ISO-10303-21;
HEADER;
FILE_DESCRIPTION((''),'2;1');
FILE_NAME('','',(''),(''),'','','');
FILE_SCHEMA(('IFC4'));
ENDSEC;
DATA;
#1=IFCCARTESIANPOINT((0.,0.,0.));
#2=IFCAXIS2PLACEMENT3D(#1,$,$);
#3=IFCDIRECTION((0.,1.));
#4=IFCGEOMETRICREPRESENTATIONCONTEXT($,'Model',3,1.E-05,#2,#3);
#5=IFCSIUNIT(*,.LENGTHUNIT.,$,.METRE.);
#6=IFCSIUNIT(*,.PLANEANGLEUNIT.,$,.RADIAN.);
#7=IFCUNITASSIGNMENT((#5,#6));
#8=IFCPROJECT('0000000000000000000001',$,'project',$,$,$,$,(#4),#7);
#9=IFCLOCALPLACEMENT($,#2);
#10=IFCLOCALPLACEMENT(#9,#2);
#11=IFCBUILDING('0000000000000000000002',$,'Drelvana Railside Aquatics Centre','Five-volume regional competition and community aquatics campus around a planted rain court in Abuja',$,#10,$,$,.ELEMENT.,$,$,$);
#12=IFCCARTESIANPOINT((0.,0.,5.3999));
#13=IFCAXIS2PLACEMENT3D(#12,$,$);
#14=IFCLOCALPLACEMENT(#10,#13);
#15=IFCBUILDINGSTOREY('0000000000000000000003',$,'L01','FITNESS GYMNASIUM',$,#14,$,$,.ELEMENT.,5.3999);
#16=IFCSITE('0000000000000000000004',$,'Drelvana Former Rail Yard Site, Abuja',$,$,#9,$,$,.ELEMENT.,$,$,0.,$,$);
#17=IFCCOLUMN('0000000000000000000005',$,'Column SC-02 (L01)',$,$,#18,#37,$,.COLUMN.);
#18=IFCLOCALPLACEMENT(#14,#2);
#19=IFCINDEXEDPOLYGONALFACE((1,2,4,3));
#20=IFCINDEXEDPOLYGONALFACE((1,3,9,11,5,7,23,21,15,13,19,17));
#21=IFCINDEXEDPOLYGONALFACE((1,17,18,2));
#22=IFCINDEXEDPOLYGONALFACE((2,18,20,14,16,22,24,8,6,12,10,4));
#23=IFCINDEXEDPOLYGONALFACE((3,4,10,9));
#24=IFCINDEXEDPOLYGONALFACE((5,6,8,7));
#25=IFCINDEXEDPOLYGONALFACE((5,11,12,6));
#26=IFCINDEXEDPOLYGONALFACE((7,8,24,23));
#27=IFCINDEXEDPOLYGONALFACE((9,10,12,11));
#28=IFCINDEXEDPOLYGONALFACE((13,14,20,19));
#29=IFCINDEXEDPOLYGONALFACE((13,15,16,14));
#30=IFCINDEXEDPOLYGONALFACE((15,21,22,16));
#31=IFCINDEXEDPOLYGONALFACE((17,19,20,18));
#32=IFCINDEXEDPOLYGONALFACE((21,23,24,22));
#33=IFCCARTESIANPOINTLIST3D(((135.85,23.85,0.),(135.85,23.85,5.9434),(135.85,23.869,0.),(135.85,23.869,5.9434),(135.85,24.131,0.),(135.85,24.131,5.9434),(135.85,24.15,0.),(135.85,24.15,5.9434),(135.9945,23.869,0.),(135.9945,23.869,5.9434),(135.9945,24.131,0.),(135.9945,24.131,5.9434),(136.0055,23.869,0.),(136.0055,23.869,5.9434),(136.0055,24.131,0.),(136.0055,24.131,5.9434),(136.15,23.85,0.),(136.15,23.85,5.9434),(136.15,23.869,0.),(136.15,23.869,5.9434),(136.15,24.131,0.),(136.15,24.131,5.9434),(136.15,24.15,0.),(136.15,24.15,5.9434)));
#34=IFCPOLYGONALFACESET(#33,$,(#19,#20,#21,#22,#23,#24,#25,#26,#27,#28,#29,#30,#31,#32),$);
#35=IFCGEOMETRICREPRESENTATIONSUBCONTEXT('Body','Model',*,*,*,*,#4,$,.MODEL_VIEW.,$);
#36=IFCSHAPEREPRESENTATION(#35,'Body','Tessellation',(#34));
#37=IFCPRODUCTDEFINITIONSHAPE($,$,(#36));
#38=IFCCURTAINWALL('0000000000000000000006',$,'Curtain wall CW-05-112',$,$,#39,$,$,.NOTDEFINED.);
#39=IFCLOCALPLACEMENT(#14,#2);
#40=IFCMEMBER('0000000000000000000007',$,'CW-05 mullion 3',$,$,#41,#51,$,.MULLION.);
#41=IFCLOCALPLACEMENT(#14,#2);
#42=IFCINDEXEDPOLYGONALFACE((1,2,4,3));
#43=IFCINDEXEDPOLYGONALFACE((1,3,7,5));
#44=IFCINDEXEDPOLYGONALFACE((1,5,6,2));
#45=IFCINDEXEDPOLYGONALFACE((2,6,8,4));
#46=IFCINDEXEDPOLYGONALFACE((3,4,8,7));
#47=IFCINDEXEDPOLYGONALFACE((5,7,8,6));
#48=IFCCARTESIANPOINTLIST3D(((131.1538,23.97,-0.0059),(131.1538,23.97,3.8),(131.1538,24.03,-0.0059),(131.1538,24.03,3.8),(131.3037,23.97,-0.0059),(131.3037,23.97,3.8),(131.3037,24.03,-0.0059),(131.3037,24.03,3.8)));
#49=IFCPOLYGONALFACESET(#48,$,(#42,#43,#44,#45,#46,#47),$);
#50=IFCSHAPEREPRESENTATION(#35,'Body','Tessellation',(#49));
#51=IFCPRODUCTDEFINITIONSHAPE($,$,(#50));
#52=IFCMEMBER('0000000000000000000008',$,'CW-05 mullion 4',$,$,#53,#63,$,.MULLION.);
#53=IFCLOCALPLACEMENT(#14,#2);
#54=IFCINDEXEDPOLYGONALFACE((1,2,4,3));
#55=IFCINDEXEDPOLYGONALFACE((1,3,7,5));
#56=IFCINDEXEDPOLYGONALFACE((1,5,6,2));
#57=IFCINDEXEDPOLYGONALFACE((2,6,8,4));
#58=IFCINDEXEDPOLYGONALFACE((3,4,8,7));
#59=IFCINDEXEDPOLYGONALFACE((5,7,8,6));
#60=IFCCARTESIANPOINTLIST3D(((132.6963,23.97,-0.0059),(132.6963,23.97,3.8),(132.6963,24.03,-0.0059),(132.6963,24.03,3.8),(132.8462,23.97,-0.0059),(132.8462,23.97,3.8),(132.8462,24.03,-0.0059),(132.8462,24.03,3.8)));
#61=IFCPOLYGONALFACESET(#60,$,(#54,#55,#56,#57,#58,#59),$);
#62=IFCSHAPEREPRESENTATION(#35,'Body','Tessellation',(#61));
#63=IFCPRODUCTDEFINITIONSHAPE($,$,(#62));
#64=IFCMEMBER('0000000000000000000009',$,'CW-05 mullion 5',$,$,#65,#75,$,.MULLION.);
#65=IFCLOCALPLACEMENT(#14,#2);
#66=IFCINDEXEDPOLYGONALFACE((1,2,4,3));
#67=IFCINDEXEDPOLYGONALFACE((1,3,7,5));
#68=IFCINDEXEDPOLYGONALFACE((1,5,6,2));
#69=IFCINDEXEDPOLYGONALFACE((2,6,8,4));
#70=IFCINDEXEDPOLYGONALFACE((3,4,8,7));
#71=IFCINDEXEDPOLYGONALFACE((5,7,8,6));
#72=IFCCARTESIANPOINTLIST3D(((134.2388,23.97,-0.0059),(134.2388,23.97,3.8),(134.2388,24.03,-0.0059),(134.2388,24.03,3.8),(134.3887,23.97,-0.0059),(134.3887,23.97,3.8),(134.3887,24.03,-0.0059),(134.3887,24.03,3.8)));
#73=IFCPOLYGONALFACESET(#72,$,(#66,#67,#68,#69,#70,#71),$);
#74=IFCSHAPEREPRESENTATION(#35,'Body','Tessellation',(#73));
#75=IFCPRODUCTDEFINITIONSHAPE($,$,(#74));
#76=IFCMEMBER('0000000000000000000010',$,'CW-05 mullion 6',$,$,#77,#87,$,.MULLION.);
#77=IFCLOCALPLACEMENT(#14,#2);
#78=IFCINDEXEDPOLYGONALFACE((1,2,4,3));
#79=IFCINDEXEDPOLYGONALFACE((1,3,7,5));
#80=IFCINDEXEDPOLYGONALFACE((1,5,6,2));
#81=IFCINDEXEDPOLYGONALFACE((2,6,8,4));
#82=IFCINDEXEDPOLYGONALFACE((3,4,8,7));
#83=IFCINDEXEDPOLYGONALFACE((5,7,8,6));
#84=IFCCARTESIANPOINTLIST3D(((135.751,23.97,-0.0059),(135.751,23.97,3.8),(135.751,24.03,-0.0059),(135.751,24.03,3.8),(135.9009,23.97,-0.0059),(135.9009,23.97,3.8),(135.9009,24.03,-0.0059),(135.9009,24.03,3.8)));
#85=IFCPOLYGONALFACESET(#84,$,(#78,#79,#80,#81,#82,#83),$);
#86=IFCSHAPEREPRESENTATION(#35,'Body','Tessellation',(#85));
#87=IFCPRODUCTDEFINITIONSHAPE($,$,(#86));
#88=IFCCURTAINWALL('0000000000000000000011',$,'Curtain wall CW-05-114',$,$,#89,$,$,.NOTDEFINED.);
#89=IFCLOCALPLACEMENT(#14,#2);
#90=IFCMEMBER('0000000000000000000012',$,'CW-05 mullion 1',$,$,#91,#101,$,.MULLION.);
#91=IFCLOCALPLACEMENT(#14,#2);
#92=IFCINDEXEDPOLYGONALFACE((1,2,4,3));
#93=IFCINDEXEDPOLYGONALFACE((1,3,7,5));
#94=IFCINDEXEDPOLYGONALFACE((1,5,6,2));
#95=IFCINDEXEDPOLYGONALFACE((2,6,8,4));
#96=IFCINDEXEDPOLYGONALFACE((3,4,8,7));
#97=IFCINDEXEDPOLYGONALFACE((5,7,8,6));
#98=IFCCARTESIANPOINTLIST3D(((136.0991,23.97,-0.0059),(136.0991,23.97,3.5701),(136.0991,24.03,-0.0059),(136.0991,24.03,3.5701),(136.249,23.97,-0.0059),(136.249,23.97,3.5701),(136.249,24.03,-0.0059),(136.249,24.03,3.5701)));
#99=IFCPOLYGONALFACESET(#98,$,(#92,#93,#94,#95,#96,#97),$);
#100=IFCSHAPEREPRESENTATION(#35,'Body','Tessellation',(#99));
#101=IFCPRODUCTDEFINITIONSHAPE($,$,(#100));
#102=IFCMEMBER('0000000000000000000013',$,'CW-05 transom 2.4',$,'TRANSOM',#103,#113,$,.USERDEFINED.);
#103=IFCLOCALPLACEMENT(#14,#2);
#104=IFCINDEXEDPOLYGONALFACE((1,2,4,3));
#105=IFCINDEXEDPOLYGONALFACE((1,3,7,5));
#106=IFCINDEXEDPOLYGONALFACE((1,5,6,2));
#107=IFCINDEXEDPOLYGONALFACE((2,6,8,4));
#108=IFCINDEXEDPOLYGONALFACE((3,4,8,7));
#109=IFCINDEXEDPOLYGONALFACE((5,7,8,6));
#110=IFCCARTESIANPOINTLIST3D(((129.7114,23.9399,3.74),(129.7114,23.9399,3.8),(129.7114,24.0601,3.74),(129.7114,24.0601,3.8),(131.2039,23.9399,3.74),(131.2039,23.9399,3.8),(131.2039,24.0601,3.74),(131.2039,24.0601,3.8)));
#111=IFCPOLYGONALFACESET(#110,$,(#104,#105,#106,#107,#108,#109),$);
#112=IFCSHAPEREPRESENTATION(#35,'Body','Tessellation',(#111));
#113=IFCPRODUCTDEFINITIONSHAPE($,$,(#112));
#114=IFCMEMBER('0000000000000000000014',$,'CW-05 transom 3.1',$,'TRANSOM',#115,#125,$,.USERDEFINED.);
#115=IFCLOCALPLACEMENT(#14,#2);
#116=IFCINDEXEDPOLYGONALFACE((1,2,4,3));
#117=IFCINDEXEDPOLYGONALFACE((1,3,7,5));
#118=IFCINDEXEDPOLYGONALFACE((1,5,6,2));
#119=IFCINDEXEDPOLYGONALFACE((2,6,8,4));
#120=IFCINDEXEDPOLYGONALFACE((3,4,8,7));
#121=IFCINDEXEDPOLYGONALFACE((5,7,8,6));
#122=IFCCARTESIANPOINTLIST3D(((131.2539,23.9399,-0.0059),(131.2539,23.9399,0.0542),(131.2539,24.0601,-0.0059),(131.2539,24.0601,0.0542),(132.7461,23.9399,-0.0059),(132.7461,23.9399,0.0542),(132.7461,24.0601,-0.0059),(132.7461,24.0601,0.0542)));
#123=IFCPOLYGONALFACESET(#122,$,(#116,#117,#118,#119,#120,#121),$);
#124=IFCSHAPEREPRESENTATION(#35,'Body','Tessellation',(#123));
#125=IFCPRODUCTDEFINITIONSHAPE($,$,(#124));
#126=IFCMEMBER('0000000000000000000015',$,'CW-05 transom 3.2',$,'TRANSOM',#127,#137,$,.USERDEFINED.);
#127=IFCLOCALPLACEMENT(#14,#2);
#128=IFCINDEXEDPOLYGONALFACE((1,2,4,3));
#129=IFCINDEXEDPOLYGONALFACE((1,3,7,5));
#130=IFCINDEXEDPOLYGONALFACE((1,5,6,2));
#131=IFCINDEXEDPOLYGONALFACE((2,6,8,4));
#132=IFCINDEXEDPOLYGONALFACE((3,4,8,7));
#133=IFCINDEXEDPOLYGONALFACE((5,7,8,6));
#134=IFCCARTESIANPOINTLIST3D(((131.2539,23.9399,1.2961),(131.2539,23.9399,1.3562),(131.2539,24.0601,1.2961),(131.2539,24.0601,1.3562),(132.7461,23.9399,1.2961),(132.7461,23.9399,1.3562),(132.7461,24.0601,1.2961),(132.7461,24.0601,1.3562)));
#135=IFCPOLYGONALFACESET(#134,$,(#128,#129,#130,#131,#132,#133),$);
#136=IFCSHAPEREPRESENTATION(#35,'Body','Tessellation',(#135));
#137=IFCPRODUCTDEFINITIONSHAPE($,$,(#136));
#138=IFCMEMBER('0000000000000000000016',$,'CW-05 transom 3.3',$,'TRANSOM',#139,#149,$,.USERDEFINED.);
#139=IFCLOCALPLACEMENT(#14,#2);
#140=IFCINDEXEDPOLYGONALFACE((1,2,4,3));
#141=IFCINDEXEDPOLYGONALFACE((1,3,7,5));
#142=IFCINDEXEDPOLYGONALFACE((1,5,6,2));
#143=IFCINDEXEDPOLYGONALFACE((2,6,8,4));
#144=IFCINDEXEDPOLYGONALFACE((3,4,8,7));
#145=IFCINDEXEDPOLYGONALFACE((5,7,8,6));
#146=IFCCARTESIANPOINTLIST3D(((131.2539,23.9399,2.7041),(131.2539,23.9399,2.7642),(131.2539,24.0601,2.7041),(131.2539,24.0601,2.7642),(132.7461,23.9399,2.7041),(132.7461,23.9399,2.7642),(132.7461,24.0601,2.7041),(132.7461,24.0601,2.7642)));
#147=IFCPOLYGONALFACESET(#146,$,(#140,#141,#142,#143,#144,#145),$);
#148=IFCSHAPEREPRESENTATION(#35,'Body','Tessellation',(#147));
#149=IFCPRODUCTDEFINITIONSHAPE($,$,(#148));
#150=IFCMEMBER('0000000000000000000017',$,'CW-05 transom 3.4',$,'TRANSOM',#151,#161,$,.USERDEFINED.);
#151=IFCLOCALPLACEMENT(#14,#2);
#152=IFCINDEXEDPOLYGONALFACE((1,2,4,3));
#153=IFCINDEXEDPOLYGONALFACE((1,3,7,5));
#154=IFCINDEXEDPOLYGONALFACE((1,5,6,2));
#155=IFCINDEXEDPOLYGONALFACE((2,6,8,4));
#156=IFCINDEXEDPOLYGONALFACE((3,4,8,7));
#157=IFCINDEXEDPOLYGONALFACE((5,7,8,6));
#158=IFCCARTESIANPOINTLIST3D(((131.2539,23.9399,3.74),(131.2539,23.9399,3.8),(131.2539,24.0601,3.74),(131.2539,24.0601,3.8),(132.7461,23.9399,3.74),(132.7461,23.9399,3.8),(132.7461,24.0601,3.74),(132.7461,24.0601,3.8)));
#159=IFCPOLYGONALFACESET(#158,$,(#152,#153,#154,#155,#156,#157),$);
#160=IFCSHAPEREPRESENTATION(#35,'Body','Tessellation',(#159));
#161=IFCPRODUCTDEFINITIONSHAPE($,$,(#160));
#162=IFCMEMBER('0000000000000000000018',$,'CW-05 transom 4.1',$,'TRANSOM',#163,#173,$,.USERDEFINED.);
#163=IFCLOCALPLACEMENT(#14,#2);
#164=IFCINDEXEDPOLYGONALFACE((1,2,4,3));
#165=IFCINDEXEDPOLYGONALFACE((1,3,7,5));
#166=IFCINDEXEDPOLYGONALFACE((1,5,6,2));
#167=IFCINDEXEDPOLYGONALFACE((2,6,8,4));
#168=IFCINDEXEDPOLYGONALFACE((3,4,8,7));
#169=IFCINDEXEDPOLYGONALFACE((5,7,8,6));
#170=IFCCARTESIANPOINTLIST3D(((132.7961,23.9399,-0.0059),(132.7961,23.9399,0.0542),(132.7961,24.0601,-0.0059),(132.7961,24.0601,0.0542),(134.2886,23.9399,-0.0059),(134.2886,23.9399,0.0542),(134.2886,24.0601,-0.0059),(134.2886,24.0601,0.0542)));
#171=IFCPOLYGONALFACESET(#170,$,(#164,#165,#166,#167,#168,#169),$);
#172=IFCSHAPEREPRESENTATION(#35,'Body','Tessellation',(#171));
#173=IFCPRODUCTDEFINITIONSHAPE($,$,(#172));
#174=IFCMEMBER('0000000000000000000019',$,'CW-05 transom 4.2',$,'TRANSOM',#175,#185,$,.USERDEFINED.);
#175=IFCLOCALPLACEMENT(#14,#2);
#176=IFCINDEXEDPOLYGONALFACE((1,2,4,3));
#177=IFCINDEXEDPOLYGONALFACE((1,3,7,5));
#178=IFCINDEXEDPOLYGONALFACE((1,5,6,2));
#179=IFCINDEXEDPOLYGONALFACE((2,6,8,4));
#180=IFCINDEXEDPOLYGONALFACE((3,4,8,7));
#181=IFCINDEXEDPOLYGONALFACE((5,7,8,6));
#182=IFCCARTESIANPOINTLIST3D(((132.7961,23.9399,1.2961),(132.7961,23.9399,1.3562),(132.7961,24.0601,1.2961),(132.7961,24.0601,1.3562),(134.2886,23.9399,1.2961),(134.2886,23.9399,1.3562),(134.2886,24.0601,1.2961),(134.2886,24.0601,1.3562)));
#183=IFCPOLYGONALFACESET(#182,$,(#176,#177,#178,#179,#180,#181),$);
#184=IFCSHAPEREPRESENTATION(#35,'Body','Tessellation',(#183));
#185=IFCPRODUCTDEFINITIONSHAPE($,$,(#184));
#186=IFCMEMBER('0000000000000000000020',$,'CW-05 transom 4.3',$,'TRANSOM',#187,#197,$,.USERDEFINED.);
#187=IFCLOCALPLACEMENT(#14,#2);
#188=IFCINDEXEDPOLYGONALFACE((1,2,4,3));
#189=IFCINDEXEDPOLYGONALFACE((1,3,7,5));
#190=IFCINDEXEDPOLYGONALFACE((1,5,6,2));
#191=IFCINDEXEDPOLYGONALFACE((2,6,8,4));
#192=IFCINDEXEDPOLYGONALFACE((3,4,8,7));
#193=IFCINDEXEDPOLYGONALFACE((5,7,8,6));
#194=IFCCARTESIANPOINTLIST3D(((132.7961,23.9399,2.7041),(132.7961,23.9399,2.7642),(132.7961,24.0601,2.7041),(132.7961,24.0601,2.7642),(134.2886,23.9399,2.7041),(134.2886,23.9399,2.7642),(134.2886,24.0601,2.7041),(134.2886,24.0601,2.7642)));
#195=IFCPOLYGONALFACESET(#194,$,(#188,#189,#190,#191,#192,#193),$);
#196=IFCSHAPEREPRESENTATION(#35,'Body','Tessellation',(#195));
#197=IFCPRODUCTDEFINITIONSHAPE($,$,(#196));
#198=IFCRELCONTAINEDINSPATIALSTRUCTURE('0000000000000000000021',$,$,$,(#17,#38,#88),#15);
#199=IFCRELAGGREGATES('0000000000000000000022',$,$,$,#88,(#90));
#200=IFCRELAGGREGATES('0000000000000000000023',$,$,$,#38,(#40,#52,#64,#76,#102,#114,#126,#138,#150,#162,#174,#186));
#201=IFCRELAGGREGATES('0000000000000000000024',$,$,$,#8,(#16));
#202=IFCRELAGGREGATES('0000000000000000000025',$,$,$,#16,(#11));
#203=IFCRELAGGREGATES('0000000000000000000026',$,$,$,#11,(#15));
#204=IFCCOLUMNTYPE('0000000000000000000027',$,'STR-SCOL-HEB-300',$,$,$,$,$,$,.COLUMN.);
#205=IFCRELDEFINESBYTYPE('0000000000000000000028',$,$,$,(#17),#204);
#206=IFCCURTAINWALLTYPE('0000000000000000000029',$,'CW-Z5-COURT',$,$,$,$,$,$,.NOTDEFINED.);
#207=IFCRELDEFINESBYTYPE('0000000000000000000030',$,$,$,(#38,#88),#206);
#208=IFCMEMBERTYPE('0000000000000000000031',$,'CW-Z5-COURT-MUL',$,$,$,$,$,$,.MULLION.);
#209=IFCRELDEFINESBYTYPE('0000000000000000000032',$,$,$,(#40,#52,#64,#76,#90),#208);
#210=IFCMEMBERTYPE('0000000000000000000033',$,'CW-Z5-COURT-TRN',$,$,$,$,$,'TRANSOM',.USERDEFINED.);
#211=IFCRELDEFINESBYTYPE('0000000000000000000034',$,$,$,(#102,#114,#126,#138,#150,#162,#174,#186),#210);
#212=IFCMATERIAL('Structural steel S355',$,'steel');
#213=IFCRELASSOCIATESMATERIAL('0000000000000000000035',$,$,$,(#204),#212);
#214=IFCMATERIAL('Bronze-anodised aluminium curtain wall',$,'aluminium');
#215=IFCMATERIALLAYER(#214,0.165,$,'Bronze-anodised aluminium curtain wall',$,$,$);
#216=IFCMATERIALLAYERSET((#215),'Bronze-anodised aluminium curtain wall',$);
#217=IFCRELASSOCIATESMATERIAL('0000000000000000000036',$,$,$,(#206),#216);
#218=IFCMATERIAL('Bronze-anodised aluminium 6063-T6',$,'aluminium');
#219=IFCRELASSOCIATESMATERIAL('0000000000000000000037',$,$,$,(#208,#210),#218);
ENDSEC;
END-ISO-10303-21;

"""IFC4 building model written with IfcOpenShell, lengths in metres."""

from ifc_helpers import new_model, si_unit, direction, frame, origin, origin_2d, place, context, subcontext, project, spatial, rectangle, i_section, extrude, material, layer, layer_set, material_profile, profile_set, type_object, element, aggregate, save


model = new_model("IFC4")

# Units and contexts
model_context = context("Model", 3, precision=1e-05, world=origin(), true_north=direction((0.0, 1.0)))
body_context = subcontext(model_context, "Body", "Model", "MODEL_VIEW")
ifc_project = project(units=[si_unit("LENGTHUNIT", "METRE"), si_unit("PLANEANGLEUNIT", "RADIAN")], contexts=[model_context])

# Site, building, storey
site_placement = place(None, origin())
site = spatial("IfcSite", under=ifc_project, at=site_placement, Name="Drelvana Former Rail Yard Site, Abuja", CompositionType="ELEMENT", RefElevation=0.0)
building_placement = place(site_placement, origin())
building = spatial("IfcBuilding", under=site, at=building_placement, Name="Drelvana Railside Aquatics Centre", Description="Five-volume regional competition and community aquatics campus around a planted rain court in Abuja", CompositionType="ELEMENT")
storey_placement = place(building_placement, frame((0.0, 0.0, 5.3999)))
storey = spatial("IfcBuildingStorey", under=building, at=storey_placement, Name="L01", Description="FITNESS GYMNASIUM", CompositionType="ELEMENT", Elevation=5.3999)

# Column
ifc_material_1 = material(Name="Structural steel S355", Category="steel")
ifc_material_profile_1 = material_profile(ifc_material_1, i_section(OverallWidth=0.3, OverallDepth=0.3, WebThickness=0.011, FlangeThickness=0.019, at=origin_2d()), Name="HEB 300")
ifc_profile_set_1 = profile_set([ifc_material_profile_1], Name="Structural steel S355")
column_type = type_object("IfcColumnType", Name="STR-SCOL-HEB-300", PredefinedType="COLUMN", material=ifc_profile_set_1)
column_placement = place(storey_placement, frame((136.0, 24.0, 0.0), z_axis=(0.0, 0.0, 1.0), x_axis=(1.0, 0.0, 0.0)))
element("IfcColumn", 1, at=column_placement, inside=storey, type_object=column_type, Name="Column SC-02 (L01)", PredefinedType="COLUMN", context=body_context, shape_type="SweptSolid", body=[
    extrude(i_section(OverallWidth=0.3, OverallDepth=0.3, WebThickness=0.011, FlangeThickness=0.019, at=origin_2d()), origin(), (0.0, 0.0, 1.0), 5.9434),
])

# Curtain wall, members
ifc_material_2 = material(Name="Bronze-anodised aluminium curtain wall", Category="aluminium")
ifc_layer_1 = layer(ifc_material_2, 0.165, Name="Bronze-anodised aluminium curtain wall")
ifc_layer_set_1 = layer_set([ifc_layer_1], Name="Bronze-anodised aluminium curtain wall")
curtain_wall_type = type_object("IfcCurtainWallType", Name="CW-Z5-COURT", PredefinedType="NOTDEFINED", material=ifc_layer_set_1)
curtain_wall_1_placement = place(storey_placement, origin())
curtain_wall_1 = element("IfcCurtainWall", 2, at=curtain_wall_1_placement, inside=storey, type_object=curtain_wall_type, Name="Curtain wall CW-05-112", PredefinedType="NOTDEFINED")
ifc_material_3 = material(Name="Bronze-anodised aluminium 6063-T6", Category="aluminium")
ifc_material_profile_2 = material_profile(ifc_material_3, rectangle(XDim=0.0601, YDim=0.1499, at=origin_2d()), Name="ALU-M 60x150")
ifc_profile_set_2 = profile_set([ifc_material_profile_2], Name="Bronze-anodised aluminium 6063-T6")
member_type_1 = type_object("IfcMemberType", Name="CW-Z5-COURT-MUL", PredefinedType="MULLION", material=ifc_profile_set_2)
member_1_placement = place(storey_placement, frame((131.2288, 24.0, -0.0059), z_axis=(0.0, 0.0, 1.0), x_axis=(0.0, 1.0, 0.0)))
member_1 = element("IfcMember", 3, at=member_1_placement, type_object=member_type_1, Name="CW-05 mullion 3", PredefinedType="MULLION", context=body_context, shape_type="SweptSolid", body=[
    extrude(rectangle(XDim=0.0601, YDim=0.1499, at=origin_2d()), origin(), (0.0, 0.0, 1.0), 3.8059),
])
member_2_placement = place(storey_placement, frame((132.7712, 24.0, -0.0059), z_axis=(0.0, 0.0, 1.0), x_axis=(0.0, 1.0, 0.0)))
member_2 = element("IfcMember", 4, at=member_2_placement, type_object=member_type_1, Name="CW-05 mullion 4", PredefinedType="MULLION", context=body_context, shape_type="SweptSolid", body=[
    extrude(rectangle(XDim=0.0601, YDim=0.1499, at=origin_2d()), origin(), (0.0, 0.0, 1.0), 3.8059),
])
member_3_placement = place(storey_placement, frame((134.3137, 24.0, -0.0059), z_axis=(0.0, 0.0, 1.0), x_axis=(0.0, 1.0, 0.0)))
member_3 = element("IfcMember", 5, at=member_3_placement, type_object=member_type_1, Name="CW-05 mullion 5", PredefinedType="MULLION", context=body_context, shape_type="SweptSolid", body=[
    extrude(rectangle(XDim=0.0601, YDim=0.1499, at=origin_2d()), origin(), (0.0, 0.0, 1.0), 3.8059),
])
member_4_placement = place(storey_placement, frame((135.8259, 24.0, -0.0059), z_axis=(0.0, 0.0, 1.0), x_axis=(0.0, 1.0, 0.0)))
member_4 = element("IfcMember", 6, at=member_4_placement, type_object=member_type_1, Name="CW-05 mullion 6", PredefinedType="MULLION", context=body_context, shape_type="SweptSolid", body=[
    extrude(rectangle(XDim=0.0601, YDim=0.1499, at=origin_2d()), origin(), (0.0, 0.0, 1.0), 3.8059),
])

# Curtain wall, member
curtain_wall_2_placement = place(storey_placement, origin())
curtain_wall_2 = element("IfcCurtainWall", 7, at=curtain_wall_2_placement, inside=storey, type_object=curtain_wall_type, Name="Curtain wall CW-05-114", PredefinedType="NOTDEFINED")
member_5_placement = place(storey_placement, frame((136.1741, 24.0, -0.0059), z_axis=(0.0, 0.0, 1.0), x_axis=(0.0, 1.0, 0.0)))
member_5 = element("IfcMember", 8, at=member_5_placement, type_object=member_type_1, Name="CW-05 mullion 1", PredefinedType="MULLION", context=body_context, shape_type="SweptSolid", body=[
    extrude(rectangle(XDim=0.0601, YDim=0.1499, at=origin_2d()), origin(), (0.0, 0.0, 1.0), 3.5759),
])

# Members
ifc_material_profile_3 = material_profile(ifc_material_3, rectangle(XDim=0.1201, YDim=0.0601, at=origin_2d()), Name="ALU-T 60x120")
ifc_profile_set_3 = profile_set([ifc_material_profile_3], Name="Bronze-anodised aluminium 6063-T6")
member_type_2 = type_object("IfcMemberType", Name="CW-Z5-COURT-TRN", ElementType="TRANSOM", PredefinedType="USERDEFINED", material=ifc_profile_set_3)
member_6_placement = place(storey_placement, frame((129.7114, 24.0, 3.77), z_axis=(1.0, 0.0, 0.0), x_axis=(0.0, 1.0, 0.0)))
member_6 = element("IfcMember", 9, at=member_6_placement, type_object=member_type_2, Name="CW-05 transom 2.4", ObjectType="TRANSOM", PredefinedType="USERDEFINED", context=body_context, shape_type="SweptSolid", body=[
    extrude(rectangle(XDim=0.1201, YDim=0.0601, at=origin_2d()), origin(), (0.0, 0.0, 1.0), 1.4924),
])
member_7_placement = place(storey_placement, frame((131.2539, 24.0, 0.0242), z_axis=(1.0, 0.0, 0.0), x_axis=(0.0, 1.0, 0.0)))
member_7 = element("IfcMember", 10, at=member_7_placement, type_object=member_type_2, Name="CW-05 transom 3.1", ObjectType="TRANSOM", PredefinedType="USERDEFINED", context=body_context, shape_type="SweptSolid", body=[
    extrude(rectangle(XDim=0.1201, YDim=0.0601, at=origin_2d()), origin(), (0.0, 0.0, 1.0), 1.4922),
])
member_8_placement = place(storey_placement, frame((131.2539, 24.0, 1.3262), z_axis=(1.0, 0.0, 0.0), x_axis=(0.0, 1.0, 0.0)))
member_8 = element("IfcMember", 11, at=member_8_placement, type_object=member_type_2, Name="CW-05 transom 3.2", ObjectType="TRANSOM", PredefinedType="USERDEFINED", context=body_context, shape_type="SweptSolid", body=[
    extrude(rectangle(XDim=0.1201, YDim=0.0601, at=origin_2d()), origin(), (0.0, 0.0, 1.0), 1.4922),
])
member_9_placement = place(storey_placement, frame((131.2539, 24.0, 2.7341), z_axis=(1.0, 0.0, 0.0), x_axis=(0.0, 1.0, 0.0)))
member_9 = element("IfcMember", 12, at=member_9_placement, type_object=member_type_2, Name="CW-05 transom 3.3", ObjectType="TRANSOM", PredefinedType="USERDEFINED", context=body_context, shape_type="SweptSolid", body=[
    extrude(rectangle(XDim=0.1201, YDim=0.0601, at=origin_2d()), origin(), (0.0, 0.0, 1.0), 1.4922),
])
member_10_placement = place(storey_placement, frame((131.2539, 24.0, 3.77), z_axis=(1.0, 0.0, 0.0), x_axis=(0.0, 1.0, 0.0)))
member_10 = element("IfcMember", 13, at=member_10_placement, type_object=member_type_2, Name="CW-05 transom 3.4", ObjectType="TRANSOM", PredefinedType="USERDEFINED", context=body_context, shape_type="SweptSolid", body=[
    extrude(rectangle(XDim=0.1201, YDim=0.0601, at=origin_2d()), origin(), (0.0, 0.0, 1.0), 1.4922),
])
member_11_placement = place(storey_placement, frame((132.7961, 24.0, 0.0242), z_axis=(1.0, 0.0, 0.0), x_axis=(0.0, 1.0, 0.0)))
member_11 = element("IfcMember", 14, at=member_11_placement, type_object=member_type_2, Name="CW-05 transom 4.1", ObjectType="TRANSOM", PredefinedType="USERDEFINED", context=body_context, shape_type="SweptSolid", body=[
    extrude(rectangle(XDim=0.1201, YDim=0.0601, at=origin_2d()), origin(), (0.0, 0.0, 1.0), 1.4924),
])
member_12_placement = place(storey_placement, frame((132.7961, 24.0, 1.3262), z_axis=(1.0, 0.0, 0.0), x_axis=(0.0, 1.0, 0.0)))
member_12 = element("IfcMember", 15, at=member_12_placement, type_object=member_type_2, Name="CW-05 transom 4.2", ObjectType="TRANSOM", PredefinedType="USERDEFINED", context=body_context, shape_type="SweptSolid", body=[
    extrude(rectangle(XDim=0.1201, YDim=0.0601, at=origin_2d()), origin(), (0.0, 0.0, 1.0), 1.4924),
])
member_13_placement = place(storey_placement, frame((132.7961, 24.0, 2.7341), z_axis=(1.0, 0.0, 0.0), x_axis=(0.0, 1.0, 0.0)))
member_13 = element("IfcMember", 16, at=member_13_placement, type_object=member_type_2, Name="CW-05 transom 4.3", ObjectType="TRANSOM", PredefinedType="USERDEFINED", context=body_context, shape_type="SweptSolid", body=[
    extrude(rectangle(XDim=0.1201, YDim=0.0601, at=origin_2d()), origin(), (0.0, 0.0, 1.0), 1.4924),
])
aggregate(curtain_wall_2, [member_5])

aggregate(curtain_wall_1, [member_1, member_2, member_3, member_4, member_6, member_7, member_8, member_9, member_10, member_11, member_12, member_13])

save(model, "model.ifc")
